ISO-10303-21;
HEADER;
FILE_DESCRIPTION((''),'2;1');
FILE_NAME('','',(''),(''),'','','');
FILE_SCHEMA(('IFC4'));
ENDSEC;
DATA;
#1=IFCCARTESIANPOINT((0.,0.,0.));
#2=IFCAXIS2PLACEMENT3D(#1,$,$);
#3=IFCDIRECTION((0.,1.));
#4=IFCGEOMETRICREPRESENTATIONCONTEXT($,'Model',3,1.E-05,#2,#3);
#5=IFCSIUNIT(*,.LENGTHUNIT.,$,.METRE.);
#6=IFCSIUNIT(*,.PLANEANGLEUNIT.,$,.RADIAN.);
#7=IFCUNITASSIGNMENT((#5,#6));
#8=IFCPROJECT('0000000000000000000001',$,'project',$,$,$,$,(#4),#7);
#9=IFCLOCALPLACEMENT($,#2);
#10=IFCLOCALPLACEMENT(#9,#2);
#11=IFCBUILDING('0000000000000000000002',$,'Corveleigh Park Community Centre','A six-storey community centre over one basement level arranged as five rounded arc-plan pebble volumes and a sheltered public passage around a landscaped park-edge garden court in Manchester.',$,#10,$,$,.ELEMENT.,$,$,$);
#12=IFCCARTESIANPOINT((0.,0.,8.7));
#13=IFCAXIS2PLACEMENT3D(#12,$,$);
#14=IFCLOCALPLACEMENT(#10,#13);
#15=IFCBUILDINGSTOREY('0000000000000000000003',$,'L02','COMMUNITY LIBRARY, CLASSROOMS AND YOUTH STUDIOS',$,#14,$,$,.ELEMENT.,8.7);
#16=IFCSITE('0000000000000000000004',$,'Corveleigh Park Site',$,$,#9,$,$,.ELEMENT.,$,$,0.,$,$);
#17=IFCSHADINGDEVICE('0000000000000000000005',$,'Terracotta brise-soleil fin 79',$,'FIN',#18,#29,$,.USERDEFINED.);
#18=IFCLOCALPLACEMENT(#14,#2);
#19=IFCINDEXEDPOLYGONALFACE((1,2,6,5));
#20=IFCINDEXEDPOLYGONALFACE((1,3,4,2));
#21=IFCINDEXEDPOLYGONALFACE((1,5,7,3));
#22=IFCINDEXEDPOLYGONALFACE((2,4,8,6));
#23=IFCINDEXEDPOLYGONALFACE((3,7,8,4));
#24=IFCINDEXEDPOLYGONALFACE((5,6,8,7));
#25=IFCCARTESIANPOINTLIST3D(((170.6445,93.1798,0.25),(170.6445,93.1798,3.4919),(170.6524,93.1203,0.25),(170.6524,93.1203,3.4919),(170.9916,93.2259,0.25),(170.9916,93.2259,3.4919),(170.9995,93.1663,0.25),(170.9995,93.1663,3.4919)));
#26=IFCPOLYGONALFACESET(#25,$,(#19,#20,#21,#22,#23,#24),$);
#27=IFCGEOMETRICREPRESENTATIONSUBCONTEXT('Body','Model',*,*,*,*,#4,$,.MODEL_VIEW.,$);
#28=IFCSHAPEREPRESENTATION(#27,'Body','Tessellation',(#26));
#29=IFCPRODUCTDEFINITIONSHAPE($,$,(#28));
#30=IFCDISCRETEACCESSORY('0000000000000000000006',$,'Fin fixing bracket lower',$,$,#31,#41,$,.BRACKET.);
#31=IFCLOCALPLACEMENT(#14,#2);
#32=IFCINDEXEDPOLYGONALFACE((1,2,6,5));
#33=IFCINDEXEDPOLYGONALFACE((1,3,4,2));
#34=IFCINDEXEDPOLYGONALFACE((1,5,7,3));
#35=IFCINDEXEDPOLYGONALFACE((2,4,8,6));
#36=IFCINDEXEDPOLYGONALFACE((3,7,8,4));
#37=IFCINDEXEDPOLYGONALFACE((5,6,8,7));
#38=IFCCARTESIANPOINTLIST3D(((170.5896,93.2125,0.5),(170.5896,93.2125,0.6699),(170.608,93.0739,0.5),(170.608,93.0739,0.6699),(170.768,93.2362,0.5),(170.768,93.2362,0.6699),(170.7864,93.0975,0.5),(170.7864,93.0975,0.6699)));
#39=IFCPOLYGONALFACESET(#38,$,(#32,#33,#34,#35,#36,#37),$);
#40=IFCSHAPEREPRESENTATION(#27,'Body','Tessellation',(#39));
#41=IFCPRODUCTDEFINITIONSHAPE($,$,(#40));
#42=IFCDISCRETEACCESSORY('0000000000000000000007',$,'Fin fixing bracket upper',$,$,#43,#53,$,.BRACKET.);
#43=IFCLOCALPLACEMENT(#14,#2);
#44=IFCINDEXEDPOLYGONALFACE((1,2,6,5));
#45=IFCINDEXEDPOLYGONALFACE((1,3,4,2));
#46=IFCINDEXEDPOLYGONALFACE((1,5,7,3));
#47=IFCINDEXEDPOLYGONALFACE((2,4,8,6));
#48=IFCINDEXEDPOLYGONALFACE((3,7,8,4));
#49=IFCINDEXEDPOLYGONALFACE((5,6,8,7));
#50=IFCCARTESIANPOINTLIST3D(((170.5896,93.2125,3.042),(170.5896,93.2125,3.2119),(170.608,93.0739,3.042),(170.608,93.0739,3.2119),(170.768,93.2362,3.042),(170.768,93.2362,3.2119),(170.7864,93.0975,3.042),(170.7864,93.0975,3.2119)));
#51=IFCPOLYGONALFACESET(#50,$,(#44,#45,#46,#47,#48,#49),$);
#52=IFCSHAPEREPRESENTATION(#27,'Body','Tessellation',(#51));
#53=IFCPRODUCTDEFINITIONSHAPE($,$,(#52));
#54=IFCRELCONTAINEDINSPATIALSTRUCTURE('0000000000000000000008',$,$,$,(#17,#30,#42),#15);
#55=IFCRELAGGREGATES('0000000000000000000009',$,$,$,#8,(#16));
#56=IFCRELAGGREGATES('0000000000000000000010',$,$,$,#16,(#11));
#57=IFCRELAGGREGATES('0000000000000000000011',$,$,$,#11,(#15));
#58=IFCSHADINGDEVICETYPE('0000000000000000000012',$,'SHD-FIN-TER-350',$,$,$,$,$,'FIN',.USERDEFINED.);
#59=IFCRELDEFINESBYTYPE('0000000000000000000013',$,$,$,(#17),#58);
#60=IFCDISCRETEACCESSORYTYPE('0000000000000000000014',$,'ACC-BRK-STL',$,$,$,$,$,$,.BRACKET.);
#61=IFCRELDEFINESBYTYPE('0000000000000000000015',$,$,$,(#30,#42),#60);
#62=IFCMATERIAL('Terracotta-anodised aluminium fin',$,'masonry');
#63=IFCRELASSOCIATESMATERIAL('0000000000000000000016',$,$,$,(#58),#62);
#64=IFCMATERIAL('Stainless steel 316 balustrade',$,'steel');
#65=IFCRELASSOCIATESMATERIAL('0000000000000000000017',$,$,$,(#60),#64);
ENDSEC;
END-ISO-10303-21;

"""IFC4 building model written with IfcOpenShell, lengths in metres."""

from ifc_helpers import new_model, si_unit, direction, frame, origin, origin_2d, place, context, subcontext, project, spatial, rectangle, extrude, material, type_object, element, save


model = new_model("IFC4")

# Units and contexts
model_context = context("Model", 3, precision=1e-05, world=origin(), true_north=direction((0.0, 1.0)))
body_context = subcontext(model_context, "Body", "Model", "MODEL_VIEW")
ifc_project = project(units=[si_unit("LENGTHUNIT", "METRE"), si_unit("PLANEANGLEUNIT", "RADIAN")], contexts=[model_context])

# Site, building, storey
site_placement = place(None, origin())
site = spatial("IfcSite", under=ifc_project, at=site_placement, Name="Corveleigh Park Site", CompositionType="ELEMENT", RefElevation=0.0)
building_placement = place(site_placement, origin())
building = spatial("IfcBuilding", under=site, at=building_placement, Name="Corveleigh Park Community Centre", Description="A six-storey community centre over one basement level arranged as five rounded arc-plan pebble volumes and a sheltered public passage around a landscaped park-edge garden court in Manchester.", CompositionType="ELEMENT")
storey_placement = place(building_placement, frame((0.0, 0.0, 8.7)))
storey = spatial("IfcBuildingStorey", under=building, at=storey_placement, Name="L02", Description="COMMUNITY LIBRARY, CLASSROOMS AND YOUTH STUDIOS", CompositionType="ELEMENT", Elevation=8.7)

# Shading device
ifc_material_1 = material(Name="Terracotta-anodised aluminium fin", Category="masonry")
shading_device_type = type_object("IfcShadingDeviceType", Name="SHD-FIN-TER-350", ElementType="FIN", PredefinedType="USERDEFINED", material=ifc_material_1)
shading_device_placement = place(storey_placement, frame((170.822, 93.1731, 0.25), z_axis=(0.0, 0.0, 1.0), x_axis=(0.991318, 0.131488, 0.0)))
element("IfcShadingDevice", 1, at=shading_device_placement, inside=storey, type_object=shading_device_type, Name="Terracotta brise-soleil fin 79", ObjectType="FIN", PredefinedType="USERDEFINED", context=body_context, shape_type="SweptSolid", body=[
    extrude(rectangle(XDim=0.3501, YDim=0.0601, at=origin_2d()), origin(), (0.0, 0.0, 1.0), 3.2419),
])

# Discrete accessories
ifc_material_2 = material(Name="Stainless steel 316 balustrade", Category="steel")
discrete_accessory_type = type_object("IfcDiscreteAccessoryType", Name="ACC-BRK-STL", PredefinedType="BRACKET", material=ifc_material_2)
for number, where, z_axis, x_axis, name in (
    (2, (170.688, 93.155, 0.5), (0.0, 0.0, 1.0), (0.991318, 0.131488, 0.0), "Fin fixing bracket lower"),
    (3, (170.688, 93.155, 3.042), (0.0, 0.0, 1.0), (0.991318, 0.131488, 0.0), "Fin fixing bracket upper"),
):
    element("IfcDiscreteAccessory", number, at=place(storey_placement, frame(where, z_axis=z_axis, x_axis=x_axis)), inside=storey, type_object=discrete_accessory_type, Name=name, PredefinedType="BRACKET", context=body_context, shape_type="SweptSolid", body=[
        extrude(rectangle(XDim=0.1799, YDim=0.1399, at=origin_2d()), origin(), (0.0, 0.0, 1.0), 0.1699),
    ])

save(model, "model.ifc")
